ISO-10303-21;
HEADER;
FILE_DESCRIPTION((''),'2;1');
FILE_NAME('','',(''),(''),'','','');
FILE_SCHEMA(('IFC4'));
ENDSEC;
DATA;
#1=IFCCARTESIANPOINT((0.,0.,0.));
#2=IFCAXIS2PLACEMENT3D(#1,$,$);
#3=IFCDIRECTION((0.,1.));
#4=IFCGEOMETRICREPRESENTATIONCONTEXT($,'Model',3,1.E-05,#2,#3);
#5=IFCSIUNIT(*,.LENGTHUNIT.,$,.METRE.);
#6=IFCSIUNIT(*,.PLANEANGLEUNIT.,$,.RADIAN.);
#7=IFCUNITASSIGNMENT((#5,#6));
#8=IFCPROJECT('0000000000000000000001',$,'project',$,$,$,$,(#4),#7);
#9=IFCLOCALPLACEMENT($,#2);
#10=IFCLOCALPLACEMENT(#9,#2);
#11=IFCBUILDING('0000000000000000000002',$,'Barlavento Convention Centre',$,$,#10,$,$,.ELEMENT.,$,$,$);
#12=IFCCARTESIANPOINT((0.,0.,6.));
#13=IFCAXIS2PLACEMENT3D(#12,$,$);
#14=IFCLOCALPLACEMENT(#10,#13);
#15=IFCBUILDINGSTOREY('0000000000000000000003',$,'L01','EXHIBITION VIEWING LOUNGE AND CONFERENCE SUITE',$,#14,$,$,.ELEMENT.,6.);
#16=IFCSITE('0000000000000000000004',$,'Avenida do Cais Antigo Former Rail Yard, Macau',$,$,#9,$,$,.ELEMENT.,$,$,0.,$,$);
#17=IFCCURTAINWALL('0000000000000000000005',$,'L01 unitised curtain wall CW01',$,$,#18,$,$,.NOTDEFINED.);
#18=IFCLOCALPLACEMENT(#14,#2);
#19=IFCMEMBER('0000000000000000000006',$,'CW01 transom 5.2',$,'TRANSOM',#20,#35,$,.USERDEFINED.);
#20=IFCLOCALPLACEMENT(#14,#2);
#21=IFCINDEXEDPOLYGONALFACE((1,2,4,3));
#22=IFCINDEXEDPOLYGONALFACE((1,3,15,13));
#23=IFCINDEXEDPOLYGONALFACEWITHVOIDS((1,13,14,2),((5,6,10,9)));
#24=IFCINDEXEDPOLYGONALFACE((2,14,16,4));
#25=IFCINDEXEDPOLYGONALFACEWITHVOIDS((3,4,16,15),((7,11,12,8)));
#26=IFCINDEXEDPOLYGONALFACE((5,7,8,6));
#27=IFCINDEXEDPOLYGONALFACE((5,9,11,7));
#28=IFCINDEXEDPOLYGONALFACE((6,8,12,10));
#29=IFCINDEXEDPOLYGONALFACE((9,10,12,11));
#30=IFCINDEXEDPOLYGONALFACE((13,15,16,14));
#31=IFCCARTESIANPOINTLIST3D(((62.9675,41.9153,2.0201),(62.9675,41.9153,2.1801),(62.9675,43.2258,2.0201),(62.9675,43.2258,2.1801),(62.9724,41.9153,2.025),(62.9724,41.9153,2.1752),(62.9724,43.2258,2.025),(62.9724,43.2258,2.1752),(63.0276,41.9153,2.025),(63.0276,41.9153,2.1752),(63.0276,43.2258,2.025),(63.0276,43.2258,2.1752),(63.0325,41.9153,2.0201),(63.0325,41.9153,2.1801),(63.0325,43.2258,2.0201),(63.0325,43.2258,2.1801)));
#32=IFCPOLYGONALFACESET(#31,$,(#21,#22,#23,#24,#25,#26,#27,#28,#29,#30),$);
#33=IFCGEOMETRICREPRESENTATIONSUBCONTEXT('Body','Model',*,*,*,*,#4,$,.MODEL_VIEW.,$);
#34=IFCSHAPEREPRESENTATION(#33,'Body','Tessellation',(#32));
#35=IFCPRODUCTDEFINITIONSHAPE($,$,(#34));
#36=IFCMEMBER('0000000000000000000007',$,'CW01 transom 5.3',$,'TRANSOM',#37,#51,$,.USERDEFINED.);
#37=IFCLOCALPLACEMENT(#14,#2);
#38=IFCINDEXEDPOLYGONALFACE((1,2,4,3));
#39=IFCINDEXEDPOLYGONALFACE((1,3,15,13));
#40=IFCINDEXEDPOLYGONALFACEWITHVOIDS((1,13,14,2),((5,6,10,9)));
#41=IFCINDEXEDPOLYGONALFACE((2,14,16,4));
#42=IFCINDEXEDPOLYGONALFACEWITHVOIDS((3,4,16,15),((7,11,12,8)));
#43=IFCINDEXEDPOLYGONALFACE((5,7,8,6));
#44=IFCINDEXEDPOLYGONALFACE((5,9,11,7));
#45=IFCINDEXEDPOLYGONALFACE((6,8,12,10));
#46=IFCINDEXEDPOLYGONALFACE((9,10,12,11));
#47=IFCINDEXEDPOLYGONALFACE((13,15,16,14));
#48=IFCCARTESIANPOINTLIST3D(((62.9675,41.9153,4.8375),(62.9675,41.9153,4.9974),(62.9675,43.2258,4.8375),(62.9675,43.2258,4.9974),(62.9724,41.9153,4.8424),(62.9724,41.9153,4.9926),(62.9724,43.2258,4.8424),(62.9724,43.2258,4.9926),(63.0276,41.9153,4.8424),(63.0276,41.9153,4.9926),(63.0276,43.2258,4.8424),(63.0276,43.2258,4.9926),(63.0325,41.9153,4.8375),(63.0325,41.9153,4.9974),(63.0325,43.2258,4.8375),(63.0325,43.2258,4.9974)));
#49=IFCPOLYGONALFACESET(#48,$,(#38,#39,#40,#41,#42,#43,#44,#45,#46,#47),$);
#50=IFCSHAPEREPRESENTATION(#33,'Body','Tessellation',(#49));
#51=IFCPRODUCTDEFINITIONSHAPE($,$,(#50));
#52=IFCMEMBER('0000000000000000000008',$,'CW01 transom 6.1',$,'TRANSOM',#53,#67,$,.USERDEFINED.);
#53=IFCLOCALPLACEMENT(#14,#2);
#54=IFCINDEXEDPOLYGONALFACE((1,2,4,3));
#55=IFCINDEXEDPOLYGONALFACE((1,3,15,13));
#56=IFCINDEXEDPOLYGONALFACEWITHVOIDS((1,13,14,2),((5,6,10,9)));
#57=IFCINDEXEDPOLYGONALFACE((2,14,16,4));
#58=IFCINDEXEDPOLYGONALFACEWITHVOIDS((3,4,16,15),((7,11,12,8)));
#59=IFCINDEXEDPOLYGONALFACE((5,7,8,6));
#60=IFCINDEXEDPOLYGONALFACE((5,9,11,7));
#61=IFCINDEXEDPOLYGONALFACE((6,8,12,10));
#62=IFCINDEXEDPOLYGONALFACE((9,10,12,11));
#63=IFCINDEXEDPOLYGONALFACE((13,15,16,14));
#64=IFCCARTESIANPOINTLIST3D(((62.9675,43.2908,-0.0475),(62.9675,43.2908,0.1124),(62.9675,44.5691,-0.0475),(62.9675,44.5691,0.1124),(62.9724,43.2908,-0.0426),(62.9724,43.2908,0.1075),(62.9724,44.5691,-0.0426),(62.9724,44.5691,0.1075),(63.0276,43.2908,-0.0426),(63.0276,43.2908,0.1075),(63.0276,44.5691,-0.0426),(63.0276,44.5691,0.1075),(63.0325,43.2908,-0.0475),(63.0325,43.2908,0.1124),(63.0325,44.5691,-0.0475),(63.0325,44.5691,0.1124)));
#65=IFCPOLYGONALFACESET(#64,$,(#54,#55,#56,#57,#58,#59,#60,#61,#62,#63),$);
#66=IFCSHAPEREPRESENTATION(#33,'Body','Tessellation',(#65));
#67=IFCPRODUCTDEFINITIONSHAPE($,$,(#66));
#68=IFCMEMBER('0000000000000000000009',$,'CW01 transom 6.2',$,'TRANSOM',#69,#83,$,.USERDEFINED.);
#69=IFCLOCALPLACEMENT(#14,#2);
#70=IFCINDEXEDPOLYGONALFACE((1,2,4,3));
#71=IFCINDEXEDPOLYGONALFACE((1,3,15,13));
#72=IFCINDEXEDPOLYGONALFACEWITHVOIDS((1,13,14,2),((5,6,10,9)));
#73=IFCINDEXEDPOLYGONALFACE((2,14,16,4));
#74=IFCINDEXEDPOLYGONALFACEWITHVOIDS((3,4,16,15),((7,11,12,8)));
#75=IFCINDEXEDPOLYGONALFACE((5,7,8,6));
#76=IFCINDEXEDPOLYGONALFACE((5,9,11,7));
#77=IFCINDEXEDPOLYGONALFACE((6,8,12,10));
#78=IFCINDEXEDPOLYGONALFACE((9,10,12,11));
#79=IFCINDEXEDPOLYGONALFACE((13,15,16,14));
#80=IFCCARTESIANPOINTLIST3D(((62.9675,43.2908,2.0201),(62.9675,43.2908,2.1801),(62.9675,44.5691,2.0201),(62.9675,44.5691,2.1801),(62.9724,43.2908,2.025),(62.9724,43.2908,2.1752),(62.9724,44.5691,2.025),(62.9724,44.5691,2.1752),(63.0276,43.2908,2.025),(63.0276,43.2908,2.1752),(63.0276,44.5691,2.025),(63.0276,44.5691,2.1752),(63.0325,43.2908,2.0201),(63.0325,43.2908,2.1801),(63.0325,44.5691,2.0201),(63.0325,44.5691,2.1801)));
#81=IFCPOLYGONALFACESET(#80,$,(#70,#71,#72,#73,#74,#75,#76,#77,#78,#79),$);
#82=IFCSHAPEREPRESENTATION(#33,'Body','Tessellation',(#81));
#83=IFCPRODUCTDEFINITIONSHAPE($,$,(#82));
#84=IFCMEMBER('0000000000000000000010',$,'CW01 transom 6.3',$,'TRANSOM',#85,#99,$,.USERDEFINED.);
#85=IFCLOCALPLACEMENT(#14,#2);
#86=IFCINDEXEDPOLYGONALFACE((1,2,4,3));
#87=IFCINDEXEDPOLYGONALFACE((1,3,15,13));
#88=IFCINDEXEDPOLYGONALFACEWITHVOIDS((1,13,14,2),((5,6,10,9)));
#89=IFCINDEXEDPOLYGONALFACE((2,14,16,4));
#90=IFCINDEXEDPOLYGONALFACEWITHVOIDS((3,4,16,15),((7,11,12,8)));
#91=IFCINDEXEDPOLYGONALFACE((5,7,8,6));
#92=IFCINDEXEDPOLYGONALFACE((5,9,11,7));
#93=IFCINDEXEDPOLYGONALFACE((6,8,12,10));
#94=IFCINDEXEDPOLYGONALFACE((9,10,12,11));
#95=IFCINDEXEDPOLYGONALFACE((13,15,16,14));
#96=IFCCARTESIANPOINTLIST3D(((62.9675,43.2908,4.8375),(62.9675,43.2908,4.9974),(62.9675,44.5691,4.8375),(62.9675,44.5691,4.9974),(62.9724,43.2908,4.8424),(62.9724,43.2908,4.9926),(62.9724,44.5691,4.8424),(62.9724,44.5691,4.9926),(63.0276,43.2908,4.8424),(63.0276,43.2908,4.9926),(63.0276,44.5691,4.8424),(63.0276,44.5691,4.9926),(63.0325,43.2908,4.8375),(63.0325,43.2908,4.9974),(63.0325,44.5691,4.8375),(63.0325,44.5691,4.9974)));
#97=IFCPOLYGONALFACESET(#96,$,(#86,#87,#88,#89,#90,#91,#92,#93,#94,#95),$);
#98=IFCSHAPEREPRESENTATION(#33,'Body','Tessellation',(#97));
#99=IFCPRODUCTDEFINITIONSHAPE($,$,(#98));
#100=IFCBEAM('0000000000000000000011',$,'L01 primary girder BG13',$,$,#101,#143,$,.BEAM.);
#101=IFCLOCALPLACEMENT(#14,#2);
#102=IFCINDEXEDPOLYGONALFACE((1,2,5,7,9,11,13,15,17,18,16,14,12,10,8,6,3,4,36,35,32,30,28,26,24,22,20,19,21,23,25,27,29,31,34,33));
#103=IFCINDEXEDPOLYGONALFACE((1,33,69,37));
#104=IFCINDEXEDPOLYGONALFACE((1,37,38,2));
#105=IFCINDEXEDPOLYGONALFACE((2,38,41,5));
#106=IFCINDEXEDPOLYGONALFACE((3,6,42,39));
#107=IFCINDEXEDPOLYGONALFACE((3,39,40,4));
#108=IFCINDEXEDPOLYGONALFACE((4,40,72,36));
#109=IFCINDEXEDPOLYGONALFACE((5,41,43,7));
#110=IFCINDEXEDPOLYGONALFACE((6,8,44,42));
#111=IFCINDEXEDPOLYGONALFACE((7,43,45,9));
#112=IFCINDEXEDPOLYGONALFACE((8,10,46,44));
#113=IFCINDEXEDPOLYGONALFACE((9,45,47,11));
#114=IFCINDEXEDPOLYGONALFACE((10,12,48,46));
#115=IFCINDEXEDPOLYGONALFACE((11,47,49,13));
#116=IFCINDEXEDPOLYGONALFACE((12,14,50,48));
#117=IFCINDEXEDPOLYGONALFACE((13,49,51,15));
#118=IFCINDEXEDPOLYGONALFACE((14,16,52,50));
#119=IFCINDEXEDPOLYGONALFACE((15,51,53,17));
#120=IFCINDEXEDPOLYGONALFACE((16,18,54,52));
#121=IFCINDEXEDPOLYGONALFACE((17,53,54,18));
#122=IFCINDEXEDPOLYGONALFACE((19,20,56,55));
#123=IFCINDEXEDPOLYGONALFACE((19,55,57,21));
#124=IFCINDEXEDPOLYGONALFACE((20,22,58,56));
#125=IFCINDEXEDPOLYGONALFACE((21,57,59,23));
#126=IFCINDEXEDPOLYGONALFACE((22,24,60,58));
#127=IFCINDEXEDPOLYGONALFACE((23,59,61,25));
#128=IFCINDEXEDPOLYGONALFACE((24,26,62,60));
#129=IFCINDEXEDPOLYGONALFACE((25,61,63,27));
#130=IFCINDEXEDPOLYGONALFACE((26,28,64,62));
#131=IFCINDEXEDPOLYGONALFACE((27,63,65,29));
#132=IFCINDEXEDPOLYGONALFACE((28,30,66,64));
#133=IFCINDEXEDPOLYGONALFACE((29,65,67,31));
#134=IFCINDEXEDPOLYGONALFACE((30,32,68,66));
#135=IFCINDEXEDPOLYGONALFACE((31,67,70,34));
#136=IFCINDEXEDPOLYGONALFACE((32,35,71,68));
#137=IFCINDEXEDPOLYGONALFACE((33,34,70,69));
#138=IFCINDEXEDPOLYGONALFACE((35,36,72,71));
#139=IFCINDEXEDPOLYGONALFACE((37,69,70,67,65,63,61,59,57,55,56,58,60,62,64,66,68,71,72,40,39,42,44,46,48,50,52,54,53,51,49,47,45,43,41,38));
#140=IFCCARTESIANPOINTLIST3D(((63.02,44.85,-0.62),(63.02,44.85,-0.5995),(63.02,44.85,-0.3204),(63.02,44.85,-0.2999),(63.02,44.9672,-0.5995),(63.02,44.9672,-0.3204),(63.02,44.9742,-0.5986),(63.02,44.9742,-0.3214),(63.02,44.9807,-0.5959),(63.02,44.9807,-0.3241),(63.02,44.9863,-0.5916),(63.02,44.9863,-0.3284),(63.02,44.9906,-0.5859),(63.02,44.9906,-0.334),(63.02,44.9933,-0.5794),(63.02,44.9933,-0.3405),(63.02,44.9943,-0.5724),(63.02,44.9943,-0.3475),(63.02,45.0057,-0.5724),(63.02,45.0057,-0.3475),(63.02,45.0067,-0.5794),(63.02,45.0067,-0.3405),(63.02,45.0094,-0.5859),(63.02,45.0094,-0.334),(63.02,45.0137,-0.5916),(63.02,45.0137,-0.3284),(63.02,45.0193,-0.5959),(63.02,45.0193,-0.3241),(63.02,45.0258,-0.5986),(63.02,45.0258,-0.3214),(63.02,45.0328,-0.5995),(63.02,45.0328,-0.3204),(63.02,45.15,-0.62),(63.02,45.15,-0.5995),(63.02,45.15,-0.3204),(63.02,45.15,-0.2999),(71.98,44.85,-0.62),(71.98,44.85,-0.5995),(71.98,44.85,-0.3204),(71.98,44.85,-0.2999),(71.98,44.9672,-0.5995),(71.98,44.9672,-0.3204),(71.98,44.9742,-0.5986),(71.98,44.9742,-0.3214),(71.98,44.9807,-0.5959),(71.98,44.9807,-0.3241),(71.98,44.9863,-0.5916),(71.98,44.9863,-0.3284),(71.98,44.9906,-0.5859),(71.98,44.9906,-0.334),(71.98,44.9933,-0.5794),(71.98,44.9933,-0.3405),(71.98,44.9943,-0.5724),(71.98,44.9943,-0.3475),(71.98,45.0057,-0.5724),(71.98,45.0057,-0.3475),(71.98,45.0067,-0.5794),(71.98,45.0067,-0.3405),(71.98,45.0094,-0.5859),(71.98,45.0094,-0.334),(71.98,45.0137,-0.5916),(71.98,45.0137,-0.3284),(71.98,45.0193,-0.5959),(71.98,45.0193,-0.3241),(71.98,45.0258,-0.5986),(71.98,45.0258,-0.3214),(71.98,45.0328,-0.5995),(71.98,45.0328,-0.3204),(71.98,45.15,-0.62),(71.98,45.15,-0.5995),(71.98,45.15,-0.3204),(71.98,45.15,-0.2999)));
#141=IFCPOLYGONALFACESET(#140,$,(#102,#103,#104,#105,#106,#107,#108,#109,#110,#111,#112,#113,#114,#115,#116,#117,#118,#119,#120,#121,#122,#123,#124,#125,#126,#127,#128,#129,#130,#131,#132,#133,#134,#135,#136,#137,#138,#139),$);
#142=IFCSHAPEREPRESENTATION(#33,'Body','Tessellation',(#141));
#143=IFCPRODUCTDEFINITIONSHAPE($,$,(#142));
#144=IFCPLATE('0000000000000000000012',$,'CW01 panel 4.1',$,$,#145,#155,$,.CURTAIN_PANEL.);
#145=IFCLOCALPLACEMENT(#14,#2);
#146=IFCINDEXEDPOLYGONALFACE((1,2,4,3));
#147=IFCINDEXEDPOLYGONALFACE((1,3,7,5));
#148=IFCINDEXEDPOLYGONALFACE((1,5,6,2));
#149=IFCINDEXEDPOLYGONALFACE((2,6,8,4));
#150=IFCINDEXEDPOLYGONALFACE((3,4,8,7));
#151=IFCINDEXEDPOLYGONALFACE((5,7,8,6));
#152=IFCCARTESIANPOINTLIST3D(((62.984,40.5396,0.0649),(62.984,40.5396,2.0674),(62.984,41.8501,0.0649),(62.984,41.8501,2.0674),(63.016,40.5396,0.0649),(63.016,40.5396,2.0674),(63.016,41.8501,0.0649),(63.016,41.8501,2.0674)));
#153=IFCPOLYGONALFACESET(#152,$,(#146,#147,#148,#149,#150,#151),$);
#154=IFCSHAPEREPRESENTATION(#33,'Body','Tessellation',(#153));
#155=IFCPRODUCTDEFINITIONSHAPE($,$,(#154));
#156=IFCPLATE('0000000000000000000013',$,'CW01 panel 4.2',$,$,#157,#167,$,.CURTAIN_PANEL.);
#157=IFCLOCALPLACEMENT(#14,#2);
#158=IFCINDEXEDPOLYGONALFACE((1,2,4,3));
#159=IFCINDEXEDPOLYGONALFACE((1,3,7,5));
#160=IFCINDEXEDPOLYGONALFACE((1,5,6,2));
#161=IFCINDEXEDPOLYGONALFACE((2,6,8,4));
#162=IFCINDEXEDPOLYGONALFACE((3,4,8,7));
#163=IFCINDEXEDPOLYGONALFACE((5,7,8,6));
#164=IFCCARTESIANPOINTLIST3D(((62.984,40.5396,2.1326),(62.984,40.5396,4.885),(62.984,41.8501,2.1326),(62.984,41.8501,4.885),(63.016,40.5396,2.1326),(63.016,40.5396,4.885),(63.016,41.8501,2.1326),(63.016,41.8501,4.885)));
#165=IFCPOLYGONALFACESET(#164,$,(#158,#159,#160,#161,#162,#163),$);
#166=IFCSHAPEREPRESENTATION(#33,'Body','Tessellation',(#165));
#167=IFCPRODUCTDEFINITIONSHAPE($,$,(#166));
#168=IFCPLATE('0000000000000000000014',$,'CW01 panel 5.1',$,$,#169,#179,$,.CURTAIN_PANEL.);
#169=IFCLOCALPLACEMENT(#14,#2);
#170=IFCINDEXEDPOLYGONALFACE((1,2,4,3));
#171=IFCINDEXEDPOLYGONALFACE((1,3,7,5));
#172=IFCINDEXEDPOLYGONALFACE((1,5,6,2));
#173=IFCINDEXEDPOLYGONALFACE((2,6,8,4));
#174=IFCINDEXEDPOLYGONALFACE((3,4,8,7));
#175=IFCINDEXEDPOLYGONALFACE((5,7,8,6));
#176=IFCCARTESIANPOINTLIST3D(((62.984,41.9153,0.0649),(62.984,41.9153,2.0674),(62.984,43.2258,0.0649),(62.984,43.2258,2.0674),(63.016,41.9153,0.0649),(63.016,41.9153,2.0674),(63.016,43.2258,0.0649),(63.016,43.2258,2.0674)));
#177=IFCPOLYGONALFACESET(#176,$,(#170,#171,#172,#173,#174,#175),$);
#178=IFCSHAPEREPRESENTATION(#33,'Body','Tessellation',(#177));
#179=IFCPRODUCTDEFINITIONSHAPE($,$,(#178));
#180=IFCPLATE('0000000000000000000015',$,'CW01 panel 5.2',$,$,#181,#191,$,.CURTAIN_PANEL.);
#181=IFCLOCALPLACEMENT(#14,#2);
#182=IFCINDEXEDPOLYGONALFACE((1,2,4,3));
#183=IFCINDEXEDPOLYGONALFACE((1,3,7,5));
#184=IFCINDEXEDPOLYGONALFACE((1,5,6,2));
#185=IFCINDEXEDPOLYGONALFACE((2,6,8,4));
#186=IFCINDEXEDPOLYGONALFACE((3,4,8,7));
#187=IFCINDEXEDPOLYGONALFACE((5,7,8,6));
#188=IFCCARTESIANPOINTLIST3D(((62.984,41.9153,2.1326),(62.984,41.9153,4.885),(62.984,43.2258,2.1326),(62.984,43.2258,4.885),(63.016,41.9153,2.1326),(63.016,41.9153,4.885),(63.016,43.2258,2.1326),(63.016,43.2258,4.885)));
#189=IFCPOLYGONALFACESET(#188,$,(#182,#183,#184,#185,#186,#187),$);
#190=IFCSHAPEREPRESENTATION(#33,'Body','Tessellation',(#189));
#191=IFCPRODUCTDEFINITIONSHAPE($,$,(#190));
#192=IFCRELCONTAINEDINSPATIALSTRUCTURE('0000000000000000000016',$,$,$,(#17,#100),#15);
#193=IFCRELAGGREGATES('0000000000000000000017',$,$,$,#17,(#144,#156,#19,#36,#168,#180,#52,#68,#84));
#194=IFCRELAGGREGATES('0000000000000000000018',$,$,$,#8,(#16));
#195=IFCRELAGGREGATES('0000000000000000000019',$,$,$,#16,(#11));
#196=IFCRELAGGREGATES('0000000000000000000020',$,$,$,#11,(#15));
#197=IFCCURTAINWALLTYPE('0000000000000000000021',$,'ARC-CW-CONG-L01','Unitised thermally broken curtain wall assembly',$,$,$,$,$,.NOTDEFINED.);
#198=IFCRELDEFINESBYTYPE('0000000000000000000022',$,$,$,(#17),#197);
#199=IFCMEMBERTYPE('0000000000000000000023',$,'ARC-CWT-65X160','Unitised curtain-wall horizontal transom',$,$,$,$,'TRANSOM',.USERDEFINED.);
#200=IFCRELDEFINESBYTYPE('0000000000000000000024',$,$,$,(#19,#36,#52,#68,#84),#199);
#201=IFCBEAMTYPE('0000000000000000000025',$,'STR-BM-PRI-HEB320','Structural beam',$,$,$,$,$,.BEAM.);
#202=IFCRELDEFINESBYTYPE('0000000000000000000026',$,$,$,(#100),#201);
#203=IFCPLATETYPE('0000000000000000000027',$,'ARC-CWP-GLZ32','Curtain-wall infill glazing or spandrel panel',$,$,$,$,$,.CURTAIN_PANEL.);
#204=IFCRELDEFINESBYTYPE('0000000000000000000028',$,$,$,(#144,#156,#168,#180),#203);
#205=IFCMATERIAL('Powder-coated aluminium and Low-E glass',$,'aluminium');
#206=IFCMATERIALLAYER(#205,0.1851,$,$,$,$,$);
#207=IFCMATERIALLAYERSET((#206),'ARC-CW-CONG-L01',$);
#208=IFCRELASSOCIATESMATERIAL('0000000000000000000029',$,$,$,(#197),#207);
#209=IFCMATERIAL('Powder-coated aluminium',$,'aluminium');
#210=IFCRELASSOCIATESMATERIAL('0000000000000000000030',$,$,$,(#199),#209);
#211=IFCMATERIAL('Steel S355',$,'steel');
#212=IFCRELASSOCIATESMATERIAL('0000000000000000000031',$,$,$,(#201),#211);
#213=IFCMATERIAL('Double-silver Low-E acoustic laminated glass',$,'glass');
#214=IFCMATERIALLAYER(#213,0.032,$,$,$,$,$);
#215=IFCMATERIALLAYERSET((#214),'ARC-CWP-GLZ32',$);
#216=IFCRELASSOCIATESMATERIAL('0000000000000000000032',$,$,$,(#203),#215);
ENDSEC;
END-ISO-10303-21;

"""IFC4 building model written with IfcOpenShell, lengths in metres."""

from ifc_helpers import new_model, si_unit, direction, frame, origin, origin_2d, place, context, subcontext, project, spatial, rectangle, hollow_rectangle, i_section, extrude, material, layer, layer_set, material_profile, profile_set, type_object, element, aggregate, save


model = new_model("IFC4")

# Units and contexts
model_context = context("Model", 3, precision=1e-05, world=origin(), true_north=direction((0.0, 1.0)))
body_context = subcontext(model_context, "Body", "Model", "MODEL_VIEW")
ifc_project = project(units=[si_unit("LENGTHUNIT", "METRE"), si_unit("PLANEANGLEUNIT", "RADIAN")], contexts=[model_context])

# Site, building, storey
site_placement = place(None, origin())
site = spatial("IfcSite", under=ifc_project, at=site_placement, Name="Avenida do Cais Antigo Former Rail Yard, Macau", CompositionType="ELEMENT", RefElevation=0.0)
building_placement = place(site_placement, origin())
building = spatial("IfcBuilding", under=site, at=building_placement, Name="Barlavento Convention Centre", CompositionType="ELEMENT")
storey_placement = place(building_placement, frame((0.0, 0.0, 6.0)))
storey = spatial("IfcBuildingStorey", under=building, at=storey_placement, Name="L01", Description="EXHIBITION VIEWING LOUNGE AND CONFERENCE SUITE", CompositionType="ELEMENT", Elevation=6.0)

# Shared definitions
ifc_material_1 = material(Name="Steel S355", Category="steel")

# Curtain wall, members
ifc_material_2 = material(Name="Powder-coated aluminium and Low-E glass", Category="aluminium")
ifc_layer_1 = layer(ifc_material_2, 0.1851)
ifc_layer_set_1 = layer_set([ifc_layer_1], Name="ARC-CW-CONG-L01")
curtain_wall_type = type_object("IfcCurtainWallType", Name="ARC-CW-CONG-L01", Description="Unitised thermally broken curtain wall assembly", PredefinedType="NOTDEFINED", material=ifc_layer_set_1)
curtain_wall_placement = place(storey_placement, origin())
curtain_wall = element("IfcCurtainWall", 1, at=curtain_wall_placement, inside=storey, type_object=curtain_wall_type, Name="L01 unitised curtain wall CW01", PredefinedType="NOTDEFINED")
ifc_material_3 = material(Name="Powder-coated aluminium", Category="aluminium")
ifc_material_profile_1 = material_profile(ifc_material_3, hollow_rectangle(XDim=0.0649, YDim=0.1599, WallThickness=0.0049, at=origin_2d()), Name="AL-TRAN 65x160x5")
ifc_profile_set_1 = profile_set([ifc_material_profile_1], Name="Powder-coated aluminium")
member_type_1 = type_object("IfcMemberType", Name="ARC-CWT-65X160", Description="Unitised curtain-wall horizontal transom", ElementType="TRANSOM", PredefinedType="USERDEFINED", material=ifc_profile_set_1)
member_1_placement = place(storey_placement, frame((63.0, 41.9153, 2.1001), z_axis=(0.0, 1.0, 0.0), x_axis=(-1.0, 0.0, 0.0)))
member_1 = element("IfcMember", 2, at=member_1_placement, type_object=member_type_1, Name="CW01 transom 5.2", ObjectType="TRANSOM", PredefinedType="USERDEFINED", context=body_context, shape_type="SweptSolid", body=[
    extrude(hollow_rectangle(XDim=0.0649, YDim=0.1599, WallThickness=0.0049, at=origin_2d()), origin(), (0.0, 0.0, 1.0), 1.3105),
])
member_2_placement = place(storey_placement, frame((63.0, 41.9153, 4.9175), z_axis=(0.0, 1.0, 0.0), x_axis=(-1.0, 0.0, 0.0)))
member_2 = element("IfcMember", 3, at=member_2_placement, type_object=member_type_1, Name="CW01 transom 5.3", ObjectType="TRANSOM", PredefinedType="USERDEFINED", context=body_context, shape_type="SweptSolid", body=[
    extrude(hollow_rectangle(XDim=0.0649, YDim=0.1599, WallThickness=0.0049, at=origin_2d()), origin(), (0.0, 0.0, 1.0), 1.3105),
])
member_3_placement = place(storey_placement, frame((63.0, 43.2908, 0.0325), z_axis=(0.0, 1.0, 0.0), x_axis=(-1.0, 0.0, 0.0)))
member_3 = element("IfcMember", 4, at=member_3_placement, type_object=member_type_1, Name="CW01 transom 6.1", ObjectType="TRANSOM", PredefinedType="USERDEFINED", context=body_context, shape_type="SweptSolid", body=[
    extrude(hollow_rectangle(XDim=0.0649, YDim=0.1599, WallThickness=0.0049, at=origin_2d()), origin(), (0.0, 0.0, 1.0), 1.2783),
])
member_4_placement = place(storey_placement, frame((63.0, 43.2908, 2.1001), z_axis=(0.0, 1.0, 0.0), x_axis=(-1.0, 0.0, 0.0)))
member_4 = element("IfcMember", 5, at=member_4_placement, type_object=member_type_1, Name="CW01 transom 6.2", ObjectType="TRANSOM", PredefinedType="USERDEFINED", context=body_context, shape_type="SweptSolid", body=[
    extrude(hollow_rectangle(XDim=0.0649, YDim=0.1599, WallThickness=0.0049, at=origin_2d()), origin(), (0.0, 0.0, 1.0), 1.2783),
])
member_5_placement = place(storey_placement, frame((63.0, 43.2908, 4.9175), z_axis=(0.0, 1.0, 0.0), x_axis=(-1.0, 0.0, 0.0)))
member_5 = element("IfcMember", 6, at=member_5_placement, type_object=member_type_1, Name="CW01 transom 6.3", ObjectType="TRANSOM", PredefinedType="USERDEFINED", context=body_context, shape_type="SweptSolid", body=[
    extrude(hollow_rectangle(XDim=0.0649, YDim=0.1599, WallThickness=0.0049, at=origin_2d()), origin(), (0.0, 0.0, 1.0), 1.2783),
])

# Beam
ifc_material_profile_2 = material_profile(ifc_material_1, i_section(OverallWidth=0.3, OverallDepth=0.3201, WebThickness=0.0115, FlangeThickness=0.0205, FilletRadius=0.0271, at=origin_2d()), Name="HEB 320")
ifc_profile_set_2 = profile_set([ifc_material_profile_2], Name="Steel S355")
beam_type = type_object("IfcBeamType", Name="STR-BM-PRI-HEB320", Description="Structural beam", PredefinedType="BEAM", material=ifc_profile_set_2)
beam_placement = place(storey_placement, frame((63.02, 45.0, -0.46), z_axis=(1.0, 0.0, 0.0), x_axis=(0.0, 1.0, 0.0)))
element("IfcBeam", 7, at=beam_placement, inside=storey, type_object=beam_type, Name="L01 primary girder BG13", PredefinedType="BEAM", context=body_context, shape_type="SweptSolid", body=[
    extrude(i_section(OverallWidth=0.3, OverallDepth=0.3201, WebThickness=0.0115, FlangeThickness=0.0205, FilletRadius=0.0271, at=origin_2d()), origin(), (0.0, 0.0, 1.0), 8.96),
])

# Plates
ifc_material_4 = material(Name="Double-silver Low-E acoustic laminated glass", Category="glass")
ifc_layer_2 = layer(ifc_material_4, 0.032)
ifc_layer_set_2 = layer_set([ifc_layer_2], Name="ARC-CWP-GLZ32")
plate_type = type_object("IfcPlateType", Name="ARC-CWP-GLZ32", Description="Curtain-wall infill glazing or spandrel panel", PredefinedType="CURTAIN_PANEL", material=ifc_layer_set_2)
plate_1_placement = place(storey_placement, frame((63.0, 41.1948, 0.0649), z_axis=(0.0, 0.0, 1.0), x_axis=(0.0, 1.0, 0.0)))
plate_1 = element("IfcPlate", 8, at=plate_1_placement, type_object=plate_type, Name="CW01 panel 4.1", PredefinedType="CURTAIN_PANEL", context=body_context, shape_type="SweptSolid", body=[
    extrude(rectangle(XDim=1.3105, YDim=0.032, at=origin_2d()), origin(), (0.0, 0.0, 1.0), 2.0024),
])
plate_2_placement = place(storey_placement, frame((63.0, 41.1948, 2.1326), z_axis=(0.0, 0.0, 1.0), x_axis=(0.0, 1.0, 0.0)))
plate_2 = element("IfcPlate", 9, at=plate_2_placement, type_object=plate_type, Name="CW01 panel 4.2", PredefinedType="CURTAIN_PANEL", context=body_context, shape_type="SweptSolid", body=[
    extrude(rectangle(XDim=1.3105, YDim=0.032, at=origin_2d()), origin(), (0.0, 0.0, 1.0), 2.7524),
])
plate_3_placement = place(storey_placement, frame((63.0, 42.5706, 0.0649), z_axis=(0.0, 0.0, 1.0), x_axis=(0.0, 1.0, 0.0)))
plate_3 = element("IfcPlate", 10, at=plate_3_placement, type_object=plate_type, Name="CW01 panel 5.1", PredefinedType="CURTAIN_PANEL", context=body_context, shape_type="SweptSolid", body=[
    extrude(rectangle(XDim=1.3105, YDim=0.032, at=origin_2d()), origin(), (0.0, 0.0, 1.0), 2.0024),
])
plate_4_placement = place(storey_placement, frame((63.0, 42.5706, 2.1326), z_axis=(0.0, 0.0, 1.0), x_axis=(0.0, 1.0, 0.0)))
plate_4 = element("IfcPlate", 11, at=plate_4_placement, type_object=plate_type, Name="CW01 panel 5.2", PredefinedType="CURTAIN_PANEL", context=body_context, shape_type="SweptSolid", body=[
    extrude(rectangle(XDim=1.3105, YDim=0.032, at=origin_2d()), origin(), (0.0, 0.0, 1.0), 2.7524),
])
aggregate(curtain_wall, [plate_1, plate_2, member_1, member_2, plate_3, plate_4, member_3, member_4, member_5])

save(model, "model.ifc")
